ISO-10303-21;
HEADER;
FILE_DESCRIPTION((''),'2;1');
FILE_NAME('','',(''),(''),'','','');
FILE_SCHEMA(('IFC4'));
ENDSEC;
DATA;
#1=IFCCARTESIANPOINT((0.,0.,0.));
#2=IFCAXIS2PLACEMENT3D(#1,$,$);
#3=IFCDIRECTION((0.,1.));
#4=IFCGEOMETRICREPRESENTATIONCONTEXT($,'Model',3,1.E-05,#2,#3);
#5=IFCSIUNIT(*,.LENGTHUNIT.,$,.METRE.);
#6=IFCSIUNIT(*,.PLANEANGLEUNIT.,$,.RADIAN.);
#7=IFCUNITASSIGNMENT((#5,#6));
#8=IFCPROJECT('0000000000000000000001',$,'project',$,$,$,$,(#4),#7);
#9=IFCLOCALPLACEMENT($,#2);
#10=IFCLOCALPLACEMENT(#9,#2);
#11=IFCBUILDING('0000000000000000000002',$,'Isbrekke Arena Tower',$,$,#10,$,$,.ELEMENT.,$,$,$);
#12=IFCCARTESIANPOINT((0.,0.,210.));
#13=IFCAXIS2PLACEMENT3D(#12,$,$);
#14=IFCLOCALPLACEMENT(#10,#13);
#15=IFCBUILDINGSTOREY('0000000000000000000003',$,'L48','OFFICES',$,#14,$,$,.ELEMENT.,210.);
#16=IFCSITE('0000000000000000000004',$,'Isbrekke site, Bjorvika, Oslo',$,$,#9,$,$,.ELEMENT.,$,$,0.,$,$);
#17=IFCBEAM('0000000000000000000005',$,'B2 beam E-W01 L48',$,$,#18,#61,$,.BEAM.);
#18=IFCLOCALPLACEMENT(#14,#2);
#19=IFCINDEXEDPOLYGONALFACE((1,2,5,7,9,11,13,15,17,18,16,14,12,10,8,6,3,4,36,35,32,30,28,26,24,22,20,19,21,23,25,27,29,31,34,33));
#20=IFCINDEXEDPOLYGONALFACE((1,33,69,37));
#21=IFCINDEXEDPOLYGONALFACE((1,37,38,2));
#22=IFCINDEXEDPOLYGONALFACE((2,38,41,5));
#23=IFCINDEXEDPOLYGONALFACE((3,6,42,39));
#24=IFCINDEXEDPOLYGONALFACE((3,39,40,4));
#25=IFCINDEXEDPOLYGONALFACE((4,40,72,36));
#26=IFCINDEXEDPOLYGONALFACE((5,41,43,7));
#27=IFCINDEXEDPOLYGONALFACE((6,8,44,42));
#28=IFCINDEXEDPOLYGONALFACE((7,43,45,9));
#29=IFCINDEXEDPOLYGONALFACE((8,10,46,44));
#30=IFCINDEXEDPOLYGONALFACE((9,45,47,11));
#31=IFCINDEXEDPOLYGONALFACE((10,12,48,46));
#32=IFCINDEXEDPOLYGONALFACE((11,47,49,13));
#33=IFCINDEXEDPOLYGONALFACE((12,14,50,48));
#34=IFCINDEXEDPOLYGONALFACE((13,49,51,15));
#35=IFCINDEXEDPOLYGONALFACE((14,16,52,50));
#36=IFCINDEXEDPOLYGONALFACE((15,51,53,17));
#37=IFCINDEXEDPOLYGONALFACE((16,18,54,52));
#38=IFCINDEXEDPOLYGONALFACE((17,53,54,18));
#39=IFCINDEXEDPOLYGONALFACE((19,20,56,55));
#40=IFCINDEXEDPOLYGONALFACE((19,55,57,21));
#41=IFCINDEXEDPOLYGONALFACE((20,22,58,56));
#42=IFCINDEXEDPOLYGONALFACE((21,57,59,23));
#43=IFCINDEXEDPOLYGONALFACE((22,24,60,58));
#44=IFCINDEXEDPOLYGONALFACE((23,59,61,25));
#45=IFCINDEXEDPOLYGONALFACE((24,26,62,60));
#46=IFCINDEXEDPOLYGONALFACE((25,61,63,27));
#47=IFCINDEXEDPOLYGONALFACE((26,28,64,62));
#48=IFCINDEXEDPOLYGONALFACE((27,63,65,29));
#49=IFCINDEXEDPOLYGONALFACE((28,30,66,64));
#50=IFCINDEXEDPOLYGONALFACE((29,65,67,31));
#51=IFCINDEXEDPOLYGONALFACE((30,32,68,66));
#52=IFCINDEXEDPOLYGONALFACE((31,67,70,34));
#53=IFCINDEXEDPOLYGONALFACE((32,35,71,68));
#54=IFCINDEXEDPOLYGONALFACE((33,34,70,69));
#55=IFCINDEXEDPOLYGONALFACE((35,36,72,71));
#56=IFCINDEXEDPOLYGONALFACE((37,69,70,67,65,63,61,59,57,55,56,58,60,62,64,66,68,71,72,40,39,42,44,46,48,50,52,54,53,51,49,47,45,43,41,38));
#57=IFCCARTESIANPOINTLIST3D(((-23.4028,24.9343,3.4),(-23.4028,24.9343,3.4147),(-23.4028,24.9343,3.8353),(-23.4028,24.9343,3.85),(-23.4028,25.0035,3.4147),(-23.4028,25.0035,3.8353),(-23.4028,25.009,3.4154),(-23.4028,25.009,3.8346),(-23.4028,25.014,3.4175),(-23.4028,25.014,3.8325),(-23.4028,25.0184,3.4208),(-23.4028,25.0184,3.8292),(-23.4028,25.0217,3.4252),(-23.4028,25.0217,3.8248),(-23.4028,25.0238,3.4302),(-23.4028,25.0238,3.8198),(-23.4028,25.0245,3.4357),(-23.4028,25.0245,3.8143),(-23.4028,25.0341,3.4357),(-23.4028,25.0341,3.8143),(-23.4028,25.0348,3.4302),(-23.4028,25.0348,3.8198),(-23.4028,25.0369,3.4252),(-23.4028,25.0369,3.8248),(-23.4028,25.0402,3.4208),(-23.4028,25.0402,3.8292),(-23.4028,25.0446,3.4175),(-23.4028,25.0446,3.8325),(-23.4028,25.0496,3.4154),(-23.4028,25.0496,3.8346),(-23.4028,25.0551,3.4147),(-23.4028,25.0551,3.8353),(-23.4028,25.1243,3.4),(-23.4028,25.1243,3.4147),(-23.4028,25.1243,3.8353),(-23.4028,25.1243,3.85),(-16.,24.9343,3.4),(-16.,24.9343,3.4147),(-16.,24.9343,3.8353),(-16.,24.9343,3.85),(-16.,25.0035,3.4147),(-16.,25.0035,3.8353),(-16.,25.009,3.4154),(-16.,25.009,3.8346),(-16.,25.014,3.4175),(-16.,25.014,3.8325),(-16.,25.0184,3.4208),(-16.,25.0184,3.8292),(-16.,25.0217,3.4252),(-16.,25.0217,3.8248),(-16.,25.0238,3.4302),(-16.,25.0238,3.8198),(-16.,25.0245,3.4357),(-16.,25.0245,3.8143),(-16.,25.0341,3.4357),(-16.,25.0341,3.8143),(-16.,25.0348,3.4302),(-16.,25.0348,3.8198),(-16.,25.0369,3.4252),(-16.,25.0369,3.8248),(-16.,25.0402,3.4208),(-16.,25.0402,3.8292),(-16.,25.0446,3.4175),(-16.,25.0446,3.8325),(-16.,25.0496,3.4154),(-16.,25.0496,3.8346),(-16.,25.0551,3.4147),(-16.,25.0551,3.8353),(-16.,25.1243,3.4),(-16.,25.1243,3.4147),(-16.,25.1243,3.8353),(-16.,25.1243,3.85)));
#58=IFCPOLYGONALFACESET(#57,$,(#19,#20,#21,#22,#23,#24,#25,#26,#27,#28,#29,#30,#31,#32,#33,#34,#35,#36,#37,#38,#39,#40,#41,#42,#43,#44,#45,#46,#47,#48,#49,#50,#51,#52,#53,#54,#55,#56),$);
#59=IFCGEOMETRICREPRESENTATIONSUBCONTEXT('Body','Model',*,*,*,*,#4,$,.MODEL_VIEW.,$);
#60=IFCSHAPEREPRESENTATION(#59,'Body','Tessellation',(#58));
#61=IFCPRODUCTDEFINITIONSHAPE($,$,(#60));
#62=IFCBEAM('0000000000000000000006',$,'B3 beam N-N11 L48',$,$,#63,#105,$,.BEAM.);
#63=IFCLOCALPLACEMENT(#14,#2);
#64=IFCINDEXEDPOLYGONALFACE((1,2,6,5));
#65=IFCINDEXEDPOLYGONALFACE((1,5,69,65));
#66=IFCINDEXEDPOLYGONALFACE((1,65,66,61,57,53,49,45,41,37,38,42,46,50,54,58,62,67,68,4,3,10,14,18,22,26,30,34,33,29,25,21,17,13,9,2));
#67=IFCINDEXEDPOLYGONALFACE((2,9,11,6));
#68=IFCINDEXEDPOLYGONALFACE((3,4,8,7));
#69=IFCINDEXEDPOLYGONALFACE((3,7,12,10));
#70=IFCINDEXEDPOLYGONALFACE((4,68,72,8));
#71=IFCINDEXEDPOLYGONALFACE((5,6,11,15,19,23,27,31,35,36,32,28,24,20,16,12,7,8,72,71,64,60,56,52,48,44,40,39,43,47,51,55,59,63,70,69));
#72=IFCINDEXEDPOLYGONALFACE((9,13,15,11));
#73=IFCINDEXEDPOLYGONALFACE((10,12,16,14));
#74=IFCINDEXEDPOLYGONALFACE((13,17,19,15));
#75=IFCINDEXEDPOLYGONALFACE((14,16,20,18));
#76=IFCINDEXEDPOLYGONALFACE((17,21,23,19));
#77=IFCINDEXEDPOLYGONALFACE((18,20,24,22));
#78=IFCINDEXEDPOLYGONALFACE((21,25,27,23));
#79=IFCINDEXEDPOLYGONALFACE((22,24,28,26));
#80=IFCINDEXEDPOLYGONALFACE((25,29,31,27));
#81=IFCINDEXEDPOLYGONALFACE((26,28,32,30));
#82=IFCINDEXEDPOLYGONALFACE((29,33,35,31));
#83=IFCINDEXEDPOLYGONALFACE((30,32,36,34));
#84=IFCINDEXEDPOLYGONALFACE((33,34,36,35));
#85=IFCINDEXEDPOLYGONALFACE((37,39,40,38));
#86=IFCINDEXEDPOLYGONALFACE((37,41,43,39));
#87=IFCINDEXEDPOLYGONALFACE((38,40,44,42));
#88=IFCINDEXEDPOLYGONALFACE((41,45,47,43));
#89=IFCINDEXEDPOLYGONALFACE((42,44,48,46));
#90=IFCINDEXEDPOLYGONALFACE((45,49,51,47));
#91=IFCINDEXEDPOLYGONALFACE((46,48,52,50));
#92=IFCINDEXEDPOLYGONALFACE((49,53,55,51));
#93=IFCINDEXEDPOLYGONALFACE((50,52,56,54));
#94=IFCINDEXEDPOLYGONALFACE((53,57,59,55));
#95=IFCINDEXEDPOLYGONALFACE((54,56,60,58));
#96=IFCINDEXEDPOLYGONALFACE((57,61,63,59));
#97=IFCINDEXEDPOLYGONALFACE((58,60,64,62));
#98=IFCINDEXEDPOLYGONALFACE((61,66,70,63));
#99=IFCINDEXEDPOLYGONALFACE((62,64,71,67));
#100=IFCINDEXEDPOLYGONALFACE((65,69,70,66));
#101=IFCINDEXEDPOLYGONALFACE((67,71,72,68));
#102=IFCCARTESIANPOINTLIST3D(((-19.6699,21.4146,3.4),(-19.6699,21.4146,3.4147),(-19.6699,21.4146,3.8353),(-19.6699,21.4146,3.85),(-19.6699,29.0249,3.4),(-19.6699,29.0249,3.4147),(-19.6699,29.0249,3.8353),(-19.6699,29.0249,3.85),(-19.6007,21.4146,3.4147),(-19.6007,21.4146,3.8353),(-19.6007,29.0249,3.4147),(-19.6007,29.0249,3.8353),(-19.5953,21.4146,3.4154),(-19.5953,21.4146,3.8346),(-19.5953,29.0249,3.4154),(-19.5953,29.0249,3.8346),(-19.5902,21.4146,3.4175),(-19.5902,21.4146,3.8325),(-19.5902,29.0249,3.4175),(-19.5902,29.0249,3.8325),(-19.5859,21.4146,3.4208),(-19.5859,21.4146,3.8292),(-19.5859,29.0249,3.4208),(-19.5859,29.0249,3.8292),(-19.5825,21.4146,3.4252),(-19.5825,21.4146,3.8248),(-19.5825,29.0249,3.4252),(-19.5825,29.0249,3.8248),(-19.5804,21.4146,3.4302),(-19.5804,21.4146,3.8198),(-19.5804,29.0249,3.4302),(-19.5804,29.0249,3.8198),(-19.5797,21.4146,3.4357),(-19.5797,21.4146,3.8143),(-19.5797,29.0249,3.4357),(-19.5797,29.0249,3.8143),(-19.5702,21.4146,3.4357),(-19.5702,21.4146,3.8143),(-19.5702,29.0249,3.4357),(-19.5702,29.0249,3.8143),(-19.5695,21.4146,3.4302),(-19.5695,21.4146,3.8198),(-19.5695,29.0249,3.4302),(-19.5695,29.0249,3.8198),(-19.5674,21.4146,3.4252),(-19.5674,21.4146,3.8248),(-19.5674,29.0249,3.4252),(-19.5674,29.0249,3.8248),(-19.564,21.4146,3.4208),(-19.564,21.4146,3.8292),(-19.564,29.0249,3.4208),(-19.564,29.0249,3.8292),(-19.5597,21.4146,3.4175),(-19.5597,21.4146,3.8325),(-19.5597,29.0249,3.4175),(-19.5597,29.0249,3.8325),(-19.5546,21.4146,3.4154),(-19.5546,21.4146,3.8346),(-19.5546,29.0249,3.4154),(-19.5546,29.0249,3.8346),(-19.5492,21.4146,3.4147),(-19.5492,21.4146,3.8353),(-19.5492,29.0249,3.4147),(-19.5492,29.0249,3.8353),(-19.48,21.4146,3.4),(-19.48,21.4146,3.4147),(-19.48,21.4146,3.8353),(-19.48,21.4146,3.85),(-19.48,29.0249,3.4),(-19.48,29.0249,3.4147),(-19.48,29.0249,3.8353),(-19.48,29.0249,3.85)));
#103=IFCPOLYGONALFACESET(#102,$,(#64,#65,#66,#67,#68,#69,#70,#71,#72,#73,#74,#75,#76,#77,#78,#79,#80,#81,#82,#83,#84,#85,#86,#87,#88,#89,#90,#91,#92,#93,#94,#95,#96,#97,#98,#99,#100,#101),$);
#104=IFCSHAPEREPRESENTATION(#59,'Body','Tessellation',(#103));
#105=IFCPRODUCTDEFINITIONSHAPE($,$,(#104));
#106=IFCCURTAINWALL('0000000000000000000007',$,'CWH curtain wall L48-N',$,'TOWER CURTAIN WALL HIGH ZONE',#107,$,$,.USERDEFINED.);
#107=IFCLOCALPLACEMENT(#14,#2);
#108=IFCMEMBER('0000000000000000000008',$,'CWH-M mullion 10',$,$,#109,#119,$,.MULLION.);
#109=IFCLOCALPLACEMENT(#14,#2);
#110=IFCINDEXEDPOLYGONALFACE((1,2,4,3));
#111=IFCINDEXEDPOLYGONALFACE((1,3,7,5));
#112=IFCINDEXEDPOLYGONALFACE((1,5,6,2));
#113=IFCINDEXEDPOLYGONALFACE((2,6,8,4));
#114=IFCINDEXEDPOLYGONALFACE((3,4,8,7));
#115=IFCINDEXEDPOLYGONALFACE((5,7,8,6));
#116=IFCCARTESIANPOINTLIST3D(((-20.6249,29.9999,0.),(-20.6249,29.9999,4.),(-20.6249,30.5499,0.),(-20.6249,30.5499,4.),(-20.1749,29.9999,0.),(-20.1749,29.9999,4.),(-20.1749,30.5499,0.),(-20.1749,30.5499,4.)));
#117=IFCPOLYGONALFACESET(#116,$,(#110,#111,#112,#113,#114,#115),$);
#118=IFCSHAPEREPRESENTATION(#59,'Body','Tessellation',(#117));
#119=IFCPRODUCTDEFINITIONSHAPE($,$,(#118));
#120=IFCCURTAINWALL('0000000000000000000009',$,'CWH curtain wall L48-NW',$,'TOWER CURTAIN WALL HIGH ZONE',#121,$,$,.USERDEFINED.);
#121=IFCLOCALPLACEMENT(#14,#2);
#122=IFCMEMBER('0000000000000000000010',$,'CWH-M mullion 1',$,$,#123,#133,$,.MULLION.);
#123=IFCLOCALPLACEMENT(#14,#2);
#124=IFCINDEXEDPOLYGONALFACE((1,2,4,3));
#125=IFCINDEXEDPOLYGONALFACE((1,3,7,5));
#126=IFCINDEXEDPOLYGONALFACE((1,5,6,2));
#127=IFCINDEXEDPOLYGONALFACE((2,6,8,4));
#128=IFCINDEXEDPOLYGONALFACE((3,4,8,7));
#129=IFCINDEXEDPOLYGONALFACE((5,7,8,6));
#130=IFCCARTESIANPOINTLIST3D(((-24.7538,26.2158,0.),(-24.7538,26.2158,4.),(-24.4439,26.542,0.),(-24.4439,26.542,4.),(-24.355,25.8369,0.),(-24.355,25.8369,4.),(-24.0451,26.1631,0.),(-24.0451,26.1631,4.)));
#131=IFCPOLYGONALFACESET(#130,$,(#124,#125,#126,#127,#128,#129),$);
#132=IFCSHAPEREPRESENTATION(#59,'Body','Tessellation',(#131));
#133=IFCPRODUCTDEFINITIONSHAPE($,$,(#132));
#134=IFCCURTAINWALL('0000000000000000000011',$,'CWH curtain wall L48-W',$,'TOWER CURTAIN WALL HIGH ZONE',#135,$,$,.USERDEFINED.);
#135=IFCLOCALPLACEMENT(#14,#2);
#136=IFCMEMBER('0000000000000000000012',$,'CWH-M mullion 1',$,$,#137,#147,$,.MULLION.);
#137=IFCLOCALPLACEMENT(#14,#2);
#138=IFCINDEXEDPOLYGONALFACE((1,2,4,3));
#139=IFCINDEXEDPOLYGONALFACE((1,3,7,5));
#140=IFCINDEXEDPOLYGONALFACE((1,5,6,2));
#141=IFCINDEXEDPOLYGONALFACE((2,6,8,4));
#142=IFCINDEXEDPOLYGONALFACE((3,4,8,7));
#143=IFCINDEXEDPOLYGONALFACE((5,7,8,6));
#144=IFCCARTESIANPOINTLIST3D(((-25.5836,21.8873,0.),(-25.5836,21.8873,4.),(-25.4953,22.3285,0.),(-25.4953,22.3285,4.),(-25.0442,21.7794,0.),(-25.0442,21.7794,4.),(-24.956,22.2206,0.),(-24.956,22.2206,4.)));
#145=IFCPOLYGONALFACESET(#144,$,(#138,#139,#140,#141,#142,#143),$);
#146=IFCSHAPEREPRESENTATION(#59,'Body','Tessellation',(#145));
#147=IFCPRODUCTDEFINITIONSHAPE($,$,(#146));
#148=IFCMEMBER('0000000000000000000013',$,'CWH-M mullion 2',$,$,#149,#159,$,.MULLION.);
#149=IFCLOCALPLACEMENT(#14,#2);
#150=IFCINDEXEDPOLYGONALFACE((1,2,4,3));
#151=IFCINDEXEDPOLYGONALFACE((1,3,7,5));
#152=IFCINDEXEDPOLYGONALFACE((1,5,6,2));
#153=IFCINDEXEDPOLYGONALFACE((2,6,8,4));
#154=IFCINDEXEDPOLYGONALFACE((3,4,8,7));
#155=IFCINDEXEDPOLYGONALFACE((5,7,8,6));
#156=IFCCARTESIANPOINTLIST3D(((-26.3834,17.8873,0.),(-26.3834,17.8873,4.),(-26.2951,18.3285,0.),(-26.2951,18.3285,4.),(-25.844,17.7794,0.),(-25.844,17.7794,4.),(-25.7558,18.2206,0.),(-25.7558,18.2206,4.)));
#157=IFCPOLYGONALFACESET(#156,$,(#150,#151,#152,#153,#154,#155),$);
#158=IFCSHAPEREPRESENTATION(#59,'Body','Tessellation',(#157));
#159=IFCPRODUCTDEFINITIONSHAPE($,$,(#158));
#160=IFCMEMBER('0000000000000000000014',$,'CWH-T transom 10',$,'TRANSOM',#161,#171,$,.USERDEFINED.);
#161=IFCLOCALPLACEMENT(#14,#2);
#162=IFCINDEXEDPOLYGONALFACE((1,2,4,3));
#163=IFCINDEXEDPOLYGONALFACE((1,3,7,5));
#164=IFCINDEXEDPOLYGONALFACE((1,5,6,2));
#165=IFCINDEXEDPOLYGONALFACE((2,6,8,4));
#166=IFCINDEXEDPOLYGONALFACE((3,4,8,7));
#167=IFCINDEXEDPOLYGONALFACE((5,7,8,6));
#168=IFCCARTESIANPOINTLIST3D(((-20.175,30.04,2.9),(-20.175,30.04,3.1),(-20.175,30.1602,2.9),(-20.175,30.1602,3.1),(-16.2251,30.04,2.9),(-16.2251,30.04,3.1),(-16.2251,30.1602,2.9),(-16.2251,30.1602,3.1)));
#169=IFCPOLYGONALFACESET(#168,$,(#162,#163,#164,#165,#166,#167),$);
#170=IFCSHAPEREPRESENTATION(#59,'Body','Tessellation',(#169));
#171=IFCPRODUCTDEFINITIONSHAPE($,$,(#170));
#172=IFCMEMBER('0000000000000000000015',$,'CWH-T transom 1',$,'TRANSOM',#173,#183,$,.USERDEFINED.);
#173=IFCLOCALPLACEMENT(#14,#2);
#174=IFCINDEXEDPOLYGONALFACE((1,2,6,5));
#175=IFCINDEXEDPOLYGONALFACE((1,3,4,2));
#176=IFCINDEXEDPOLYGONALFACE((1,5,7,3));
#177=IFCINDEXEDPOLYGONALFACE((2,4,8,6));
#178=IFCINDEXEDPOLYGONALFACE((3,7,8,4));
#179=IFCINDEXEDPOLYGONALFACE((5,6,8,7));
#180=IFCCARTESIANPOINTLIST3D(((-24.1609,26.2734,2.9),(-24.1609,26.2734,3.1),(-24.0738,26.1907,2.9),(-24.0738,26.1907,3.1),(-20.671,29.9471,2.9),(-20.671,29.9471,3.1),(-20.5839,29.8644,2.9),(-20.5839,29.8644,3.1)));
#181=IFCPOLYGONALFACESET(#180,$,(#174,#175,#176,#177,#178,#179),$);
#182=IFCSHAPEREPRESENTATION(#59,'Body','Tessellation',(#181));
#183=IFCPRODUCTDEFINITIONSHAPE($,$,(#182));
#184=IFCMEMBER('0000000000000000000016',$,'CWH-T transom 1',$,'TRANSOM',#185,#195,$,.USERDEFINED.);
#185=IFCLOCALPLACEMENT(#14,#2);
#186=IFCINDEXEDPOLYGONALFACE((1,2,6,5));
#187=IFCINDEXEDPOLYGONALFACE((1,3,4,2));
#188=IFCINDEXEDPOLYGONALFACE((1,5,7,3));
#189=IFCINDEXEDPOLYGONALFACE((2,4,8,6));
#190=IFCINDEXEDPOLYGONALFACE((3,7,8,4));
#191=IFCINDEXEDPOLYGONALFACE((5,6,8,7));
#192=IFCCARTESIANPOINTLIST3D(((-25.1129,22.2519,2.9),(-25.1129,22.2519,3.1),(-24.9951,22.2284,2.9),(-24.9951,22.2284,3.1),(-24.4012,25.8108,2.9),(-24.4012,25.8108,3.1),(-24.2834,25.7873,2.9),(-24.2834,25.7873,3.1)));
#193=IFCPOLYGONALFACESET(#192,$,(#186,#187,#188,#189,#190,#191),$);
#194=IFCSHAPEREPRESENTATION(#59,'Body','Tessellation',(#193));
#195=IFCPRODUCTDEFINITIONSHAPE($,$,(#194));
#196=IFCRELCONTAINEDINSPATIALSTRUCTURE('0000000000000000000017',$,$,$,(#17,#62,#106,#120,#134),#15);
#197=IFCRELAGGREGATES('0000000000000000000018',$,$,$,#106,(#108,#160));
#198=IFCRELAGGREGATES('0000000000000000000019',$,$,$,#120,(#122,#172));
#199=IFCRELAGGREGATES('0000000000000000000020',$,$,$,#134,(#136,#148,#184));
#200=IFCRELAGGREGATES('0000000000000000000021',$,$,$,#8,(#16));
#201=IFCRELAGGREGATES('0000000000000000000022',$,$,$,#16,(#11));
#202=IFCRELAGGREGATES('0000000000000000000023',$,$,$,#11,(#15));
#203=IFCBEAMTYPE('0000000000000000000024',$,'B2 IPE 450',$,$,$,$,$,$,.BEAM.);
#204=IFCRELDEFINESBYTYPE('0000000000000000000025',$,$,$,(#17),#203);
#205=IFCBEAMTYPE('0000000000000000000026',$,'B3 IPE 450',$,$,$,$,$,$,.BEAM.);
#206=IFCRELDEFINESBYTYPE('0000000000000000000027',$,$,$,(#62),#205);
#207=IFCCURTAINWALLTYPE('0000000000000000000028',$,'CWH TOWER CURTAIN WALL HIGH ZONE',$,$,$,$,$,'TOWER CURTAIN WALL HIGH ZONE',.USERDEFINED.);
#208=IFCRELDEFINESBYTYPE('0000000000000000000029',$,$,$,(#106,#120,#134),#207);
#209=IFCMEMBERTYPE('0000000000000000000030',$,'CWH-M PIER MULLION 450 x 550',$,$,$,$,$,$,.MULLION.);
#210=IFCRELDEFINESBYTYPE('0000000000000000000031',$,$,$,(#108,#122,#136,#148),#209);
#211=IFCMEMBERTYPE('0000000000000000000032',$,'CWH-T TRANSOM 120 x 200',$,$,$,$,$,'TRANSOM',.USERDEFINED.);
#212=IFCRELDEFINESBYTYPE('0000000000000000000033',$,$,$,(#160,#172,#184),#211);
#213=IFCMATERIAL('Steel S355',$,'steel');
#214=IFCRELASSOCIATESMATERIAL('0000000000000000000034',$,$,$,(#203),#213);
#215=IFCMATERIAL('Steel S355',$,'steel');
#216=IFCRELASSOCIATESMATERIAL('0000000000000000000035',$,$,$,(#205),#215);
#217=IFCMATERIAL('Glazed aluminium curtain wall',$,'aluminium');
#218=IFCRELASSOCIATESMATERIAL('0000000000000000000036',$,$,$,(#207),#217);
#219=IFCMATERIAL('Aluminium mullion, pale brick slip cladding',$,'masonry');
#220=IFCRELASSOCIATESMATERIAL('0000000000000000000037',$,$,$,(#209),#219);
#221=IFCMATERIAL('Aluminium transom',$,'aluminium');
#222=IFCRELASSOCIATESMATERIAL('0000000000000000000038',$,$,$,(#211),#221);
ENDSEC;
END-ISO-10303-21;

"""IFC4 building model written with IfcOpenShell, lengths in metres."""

from ifc_helpers import new_model, si_unit, direction, frame, origin, origin_2d, place, context, subcontext, project, spatial, rectangle, i_section, extrude, material, material_profile, profile_set, type_object, element, aggregate, save


model = new_model("IFC4")

# Units and contexts
model_context = context("Model", 3, precision=1e-05, world=origin(), true_north=direction((0.0, 1.0)))
body_context = subcontext(model_context, "Body", "Model", "MODEL_VIEW")
ifc_project = project(units=[si_unit("LENGTHUNIT", "METRE"), si_unit("PLANEANGLEUNIT", "RADIAN")], contexts=[model_context])

# Site, building, storey
site_placement = place(None, origin())
site = spatial("IfcSite", under=ifc_project, at=site_placement, Name="Isbrekke site, Bjorvika, Oslo", CompositionType="ELEMENT", RefElevation=0.0)
building_placement = place(site_placement, origin())
building = spatial("IfcBuilding", under=site, at=building_placement, Name="Isbrekke Arena Tower", CompositionType="ELEMENT")
storey_placement = place(building_placement, frame((0.0, 0.0, 210.0)))
storey = spatial("IfcBuildingStorey", under=building, at=storey_placement, Name="L48", Description="OFFICES", CompositionType="ELEMENT", Elevation=210.0)

# Beams
ifc_material_1 = material(Name="Steel S355", Category="steel")
ifc_material_profile_1 = material_profile(ifc_material_1, i_section(OverallWidth=0.1899, OverallDepth=0.45, WebThickness=0.0095, FlangeThickness=0.0146, FilletRadius=0.021, at=origin_2d()), Name="IPE 450")
ifc_profile_set_1 = profile_set([ifc_material_profile_1], Name="Steel S355")
beam_type_1 = type_object("IfcBeamType", Name="B2 IPE 450", PredefinedType="BEAM", material=ifc_profile_set_1)
beam_1_placement = place(storey_placement, frame((-23.4028, 25.0293, 3.625), z_axis=(1.0, 0.0, 0.0), x_axis=(0.0, 1.0, 0.0)))
element("IfcBeam", 1, at=beam_1_placement, inside=storey, type_object=beam_type_1, Name="B2 beam E-W01 L48", PredefinedType="BEAM", context=body_context, shape_type="SweptSolid", body=[
    extrude(i_section(OverallWidth=0.1899, OverallDepth=0.45, WebThickness=0.0095, FlangeThickness=0.0146, FilletRadius=0.021, at=origin_2d()), origin(), (0.0, 0.0, 1.0), 7.4028),
])
ifc_material_2 = material(Name="Steel S355", Category="steel")
ifc_material_profile_2 = material_profile(ifc_material_2, i_section(OverallWidth=0.1899, OverallDepth=0.45, WebThickness=0.0095, FlangeThickness=0.0146, FilletRadius=0.021, at=origin_2d()), Name="IPE 450")
ifc_profile_set_2 = profile_set([ifc_material_profile_2], Name="Steel S355")
beam_type_2 = type_object("IfcBeamType", Name="B3 IPE 450", PredefinedType="BEAM", material=ifc_profile_set_2)
beam_2_placement = place(storey_placement, frame((-19.575, 29.0249, 3.625), z_axis=(0.0, -1.0, 0.0), x_axis=(1.0, 0.0, 0.0)))
element("IfcBeam", 2, at=beam_2_placement, inside=storey, type_object=beam_type_2, Name="B3 beam N-N11 L48", PredefinedType="BEAM", context=body_context, shape_type="SweptSolid", body=[
    extrude(i_section(OverallWidth=0.1899, OverallDepth=0.45, WebThickness=0.0095, FlangeThickness=0.0146, FilletRadius=0.021, at=origin_2d()), origin(), (0.0, 0.0, 1.0), 7.6104),
])

# Curtain walls, members
ifc_material_3 = material(Name="Glazed aluminium curtain wall", Category="aluminium")
curtain_wall_type = type_object("IfcCurtainWallType", Name="CWH TOWER CURTAIN WALL HIGH ZONE", ElementType="TOWER CURTAIN WALL HIGH ZONE", PredefinedType="USERDEFINED", material=ifc_material_3)
curtain_wall_1_placement = place(storey_placement, origin())
curtain_wall_1 = element("IfcCurtainWall", 3, at=curtain_wall_1_placement, inside=storey, type_object=curtain_wall_type, Name="CWH curtain wall L48-N", ObjectType="TOWER CURTAIN WALL HIGH ZONE", PredefinedType="USERDEFINED")
ifc_material_4 = material(Name="Aluminium mullion, pale brick slip cladding", Category="masonry")
ifc_material_profile_3 = material_profile(ifc_material_4, rectangle(XDim=0.45, YDim=0.55, at=origin_2d()), Name="PIER 450X550")
ifc_profile_set_3 = profile_set([ifc_material_profile_3], Name="Aluminium mullion, pale brick slip cladding")
member_type_1 = type_object("IfcMemberType", Name="CWH-M PIER MULLION 450 x 550", PredefinedType="MULLION", material=ifc_profile_set_3)
member_1_placement = place(storey_placement, frame((-20.3999, 30.2749, 0.0), z_axis=(0.0, 0.0, 1.0), x_axis=(-1.0, 0.0, 0.0)))
member_1 = element("IfcMember", 4, at=member_1_placement, type_object=member_type_1, Name="CWH-M mullion 10", PredefinedType="MULLION", context=body_context, shape_type="SweptSolid", body=[
    extrude(rectangle(XDim=0.45, YDim=0.55, at=origin_2d()), origin(), (0.0, 0.0, 1.0), 4.0),
])
curtain_wall_2_placement = place(storey_placement, origin())
curtain_wall_2 = element("IfcCurtainWall", 5, at=curtain_wall_2_placement, inside=storey, type_object=curtain_wall_type, Name="CWH curtain wall L48-NW", ObjectType="TOWER CURTAIN WALL HIGH ZONE", PredefinedType="USERDEFINED")
member_2_placement = place(storey_placement, frame((-24.3994, 26.1895, 0.0), z_axis=(0.0, 0.0, 1.0), x_axis=(-0.688749, -0.724999, 0.0)))
member_2 = element("IfcMember", 6, at=member_2_placement, type_object=member_type_1, Name="CWH-M mullion 1", PredefinedType="MULLION", context=body_context, shape_type="SweptSolid", body=[
    extrude(rectangle(XDim=0.45, YDim=0.55, at=origin_2d()), origin(), (0.0, 0.0, 1.0), 4.0),
])

# Curtain wall, members
curtain_wall_3_placement = place(storey_placement, origin())
curtain_wall_3 = element("IfcCurtainWall", 7, at=curtain_wall_3_placement, inside=storey, type_object=curtain_wall_type, Name="CWH curtain wall L48-W", ObjectType="TOWER CURTAIN WALL HIGH ZONE", PredefinedType="USERDEFINED")
member_3_placement = place(storey_placement, frame((-25.2698, 22.054, 0.0), z_axis=(0.0, 0.0, 1.0), x_axis=(-0.196116, -0.980581, 0.0)))
member_3 = element("IfcMember", 8, at=member_3_placement, type_object=member_type_1, Name="CWH-M mullion 1", PredefinedType="MULLION", context=body_context, shape_type="SweptSolid", body=[
    extrude(rectangle(XDim=0.45, YDim=0.55, at=origin_2d()), origin(), (0.0, 0.0, 1.0), 4.0),
])
member_4_placement = place(storey_placement, frame((-26.0696, 18.054, 0.0), z_axis=(0.0, 0.0, 1.0), x_axis=(-0.196116, -0.980581, 0.0)))
member_4 = element("IfcMember", 9, at=member_4_placement, type_object=member_type_1, Name="CWH-M mullion 2", PredefinedType="MULLION", context=body_context, shape_type="SweptSolid", body=[
    extrude(rectangle(XDim=0.45, YDim=0.55, at=origin_2d()), origin(), (0.0, 0.0, 1.0), 4.0),
])

# Members
ifc_material_5 = material(Name="Aluminium transom", Category="aluminium")
ifc_material_profile_4 = material_profile(ifc_material_5, rectangle(XDim=0.1201, YDim=0.2, at=origin_2d()), Name="TRANSOM 120X200")
ifc_profile_set_4 = profile_set([ifc_material_profile_4], Name="Aluminium transom")
member_type_2 = type_object("IfcMemberType", Name="CWH-T TRANSOM 120 x 200", ElementType="TRANSOM", PredefinedType="USERDEFINED", material=ifc_profile_set_4)
member_5_placement = place(storey_placement, frame((-16.2251, 30.1001, 3.0), z_axis=(-1.0, 0.0, 0.0), x_axis=(0.0, -1.0, 0.0)))
member_5 = element("IfcMember", 10, at=member_5_placement, type_object=member_type_2, Name="CWH-T transom 10", ObjectType="TRANSOM", PredefinedType="USERDEFINED", context=body_context, shape_type="SweptSolid", body=[
    extrude(rectangle(XDim=0.1201, YDim=0.2, at=origin_2d()), origin(), (0.0, 0.0, 1.0), 3.95),
])
member_6_placement = place(storey_placement, frame((-20.6274, 29.9058, 3.0), z_axis=(-0.688734, -0.725014, 0.0), x_axis=(0.725014, -0.688734, 0.0)))
member_6 = element("IfcMember", 11, at=member_6_placement, type_object=member_type_2, Name="CWH-T transom 1", ObjectType="TRANSOM", PredefinedType="USERDEFINED", context=body_context, shape_type="SweptSolid", body=[
    extrude(rectangle(XDim=0.1201, YDim=0.2, at=origin_2d()), origin(), (0.0, 0.0, 1.0), 5.0671),
])
member_7_placement = place(storey_placement, frame((-24.3423, 25.7991, 3.0), z_axis=(-0.19609, -0.980586, 0.0), x_axis=(0.980586, -0.19609, 0.0)))
member_7 = element("IfcMember", 12, at=member_7_placement, type_object=member_type_2, Name="CWH-T transom 1", ObjectType="TRANSOM", PredefinedType="USERDEFINED", context=body_context, shape_type="SweptSolid", body=[
    extrude(rectangle(XDim=0.1201, YDim=0.2, at=origin_2d()), origin(), (0.0, 0.0, 1.0), 3.6294),
])

aggregate(curtain_wall_1, [member_1, member_5])
aggregate(curtain_wall_2, [member_2, member_6])
aggregate(curtain_wall_3, [member_3, member_4, member_7])

save(model, "model.ifc")
